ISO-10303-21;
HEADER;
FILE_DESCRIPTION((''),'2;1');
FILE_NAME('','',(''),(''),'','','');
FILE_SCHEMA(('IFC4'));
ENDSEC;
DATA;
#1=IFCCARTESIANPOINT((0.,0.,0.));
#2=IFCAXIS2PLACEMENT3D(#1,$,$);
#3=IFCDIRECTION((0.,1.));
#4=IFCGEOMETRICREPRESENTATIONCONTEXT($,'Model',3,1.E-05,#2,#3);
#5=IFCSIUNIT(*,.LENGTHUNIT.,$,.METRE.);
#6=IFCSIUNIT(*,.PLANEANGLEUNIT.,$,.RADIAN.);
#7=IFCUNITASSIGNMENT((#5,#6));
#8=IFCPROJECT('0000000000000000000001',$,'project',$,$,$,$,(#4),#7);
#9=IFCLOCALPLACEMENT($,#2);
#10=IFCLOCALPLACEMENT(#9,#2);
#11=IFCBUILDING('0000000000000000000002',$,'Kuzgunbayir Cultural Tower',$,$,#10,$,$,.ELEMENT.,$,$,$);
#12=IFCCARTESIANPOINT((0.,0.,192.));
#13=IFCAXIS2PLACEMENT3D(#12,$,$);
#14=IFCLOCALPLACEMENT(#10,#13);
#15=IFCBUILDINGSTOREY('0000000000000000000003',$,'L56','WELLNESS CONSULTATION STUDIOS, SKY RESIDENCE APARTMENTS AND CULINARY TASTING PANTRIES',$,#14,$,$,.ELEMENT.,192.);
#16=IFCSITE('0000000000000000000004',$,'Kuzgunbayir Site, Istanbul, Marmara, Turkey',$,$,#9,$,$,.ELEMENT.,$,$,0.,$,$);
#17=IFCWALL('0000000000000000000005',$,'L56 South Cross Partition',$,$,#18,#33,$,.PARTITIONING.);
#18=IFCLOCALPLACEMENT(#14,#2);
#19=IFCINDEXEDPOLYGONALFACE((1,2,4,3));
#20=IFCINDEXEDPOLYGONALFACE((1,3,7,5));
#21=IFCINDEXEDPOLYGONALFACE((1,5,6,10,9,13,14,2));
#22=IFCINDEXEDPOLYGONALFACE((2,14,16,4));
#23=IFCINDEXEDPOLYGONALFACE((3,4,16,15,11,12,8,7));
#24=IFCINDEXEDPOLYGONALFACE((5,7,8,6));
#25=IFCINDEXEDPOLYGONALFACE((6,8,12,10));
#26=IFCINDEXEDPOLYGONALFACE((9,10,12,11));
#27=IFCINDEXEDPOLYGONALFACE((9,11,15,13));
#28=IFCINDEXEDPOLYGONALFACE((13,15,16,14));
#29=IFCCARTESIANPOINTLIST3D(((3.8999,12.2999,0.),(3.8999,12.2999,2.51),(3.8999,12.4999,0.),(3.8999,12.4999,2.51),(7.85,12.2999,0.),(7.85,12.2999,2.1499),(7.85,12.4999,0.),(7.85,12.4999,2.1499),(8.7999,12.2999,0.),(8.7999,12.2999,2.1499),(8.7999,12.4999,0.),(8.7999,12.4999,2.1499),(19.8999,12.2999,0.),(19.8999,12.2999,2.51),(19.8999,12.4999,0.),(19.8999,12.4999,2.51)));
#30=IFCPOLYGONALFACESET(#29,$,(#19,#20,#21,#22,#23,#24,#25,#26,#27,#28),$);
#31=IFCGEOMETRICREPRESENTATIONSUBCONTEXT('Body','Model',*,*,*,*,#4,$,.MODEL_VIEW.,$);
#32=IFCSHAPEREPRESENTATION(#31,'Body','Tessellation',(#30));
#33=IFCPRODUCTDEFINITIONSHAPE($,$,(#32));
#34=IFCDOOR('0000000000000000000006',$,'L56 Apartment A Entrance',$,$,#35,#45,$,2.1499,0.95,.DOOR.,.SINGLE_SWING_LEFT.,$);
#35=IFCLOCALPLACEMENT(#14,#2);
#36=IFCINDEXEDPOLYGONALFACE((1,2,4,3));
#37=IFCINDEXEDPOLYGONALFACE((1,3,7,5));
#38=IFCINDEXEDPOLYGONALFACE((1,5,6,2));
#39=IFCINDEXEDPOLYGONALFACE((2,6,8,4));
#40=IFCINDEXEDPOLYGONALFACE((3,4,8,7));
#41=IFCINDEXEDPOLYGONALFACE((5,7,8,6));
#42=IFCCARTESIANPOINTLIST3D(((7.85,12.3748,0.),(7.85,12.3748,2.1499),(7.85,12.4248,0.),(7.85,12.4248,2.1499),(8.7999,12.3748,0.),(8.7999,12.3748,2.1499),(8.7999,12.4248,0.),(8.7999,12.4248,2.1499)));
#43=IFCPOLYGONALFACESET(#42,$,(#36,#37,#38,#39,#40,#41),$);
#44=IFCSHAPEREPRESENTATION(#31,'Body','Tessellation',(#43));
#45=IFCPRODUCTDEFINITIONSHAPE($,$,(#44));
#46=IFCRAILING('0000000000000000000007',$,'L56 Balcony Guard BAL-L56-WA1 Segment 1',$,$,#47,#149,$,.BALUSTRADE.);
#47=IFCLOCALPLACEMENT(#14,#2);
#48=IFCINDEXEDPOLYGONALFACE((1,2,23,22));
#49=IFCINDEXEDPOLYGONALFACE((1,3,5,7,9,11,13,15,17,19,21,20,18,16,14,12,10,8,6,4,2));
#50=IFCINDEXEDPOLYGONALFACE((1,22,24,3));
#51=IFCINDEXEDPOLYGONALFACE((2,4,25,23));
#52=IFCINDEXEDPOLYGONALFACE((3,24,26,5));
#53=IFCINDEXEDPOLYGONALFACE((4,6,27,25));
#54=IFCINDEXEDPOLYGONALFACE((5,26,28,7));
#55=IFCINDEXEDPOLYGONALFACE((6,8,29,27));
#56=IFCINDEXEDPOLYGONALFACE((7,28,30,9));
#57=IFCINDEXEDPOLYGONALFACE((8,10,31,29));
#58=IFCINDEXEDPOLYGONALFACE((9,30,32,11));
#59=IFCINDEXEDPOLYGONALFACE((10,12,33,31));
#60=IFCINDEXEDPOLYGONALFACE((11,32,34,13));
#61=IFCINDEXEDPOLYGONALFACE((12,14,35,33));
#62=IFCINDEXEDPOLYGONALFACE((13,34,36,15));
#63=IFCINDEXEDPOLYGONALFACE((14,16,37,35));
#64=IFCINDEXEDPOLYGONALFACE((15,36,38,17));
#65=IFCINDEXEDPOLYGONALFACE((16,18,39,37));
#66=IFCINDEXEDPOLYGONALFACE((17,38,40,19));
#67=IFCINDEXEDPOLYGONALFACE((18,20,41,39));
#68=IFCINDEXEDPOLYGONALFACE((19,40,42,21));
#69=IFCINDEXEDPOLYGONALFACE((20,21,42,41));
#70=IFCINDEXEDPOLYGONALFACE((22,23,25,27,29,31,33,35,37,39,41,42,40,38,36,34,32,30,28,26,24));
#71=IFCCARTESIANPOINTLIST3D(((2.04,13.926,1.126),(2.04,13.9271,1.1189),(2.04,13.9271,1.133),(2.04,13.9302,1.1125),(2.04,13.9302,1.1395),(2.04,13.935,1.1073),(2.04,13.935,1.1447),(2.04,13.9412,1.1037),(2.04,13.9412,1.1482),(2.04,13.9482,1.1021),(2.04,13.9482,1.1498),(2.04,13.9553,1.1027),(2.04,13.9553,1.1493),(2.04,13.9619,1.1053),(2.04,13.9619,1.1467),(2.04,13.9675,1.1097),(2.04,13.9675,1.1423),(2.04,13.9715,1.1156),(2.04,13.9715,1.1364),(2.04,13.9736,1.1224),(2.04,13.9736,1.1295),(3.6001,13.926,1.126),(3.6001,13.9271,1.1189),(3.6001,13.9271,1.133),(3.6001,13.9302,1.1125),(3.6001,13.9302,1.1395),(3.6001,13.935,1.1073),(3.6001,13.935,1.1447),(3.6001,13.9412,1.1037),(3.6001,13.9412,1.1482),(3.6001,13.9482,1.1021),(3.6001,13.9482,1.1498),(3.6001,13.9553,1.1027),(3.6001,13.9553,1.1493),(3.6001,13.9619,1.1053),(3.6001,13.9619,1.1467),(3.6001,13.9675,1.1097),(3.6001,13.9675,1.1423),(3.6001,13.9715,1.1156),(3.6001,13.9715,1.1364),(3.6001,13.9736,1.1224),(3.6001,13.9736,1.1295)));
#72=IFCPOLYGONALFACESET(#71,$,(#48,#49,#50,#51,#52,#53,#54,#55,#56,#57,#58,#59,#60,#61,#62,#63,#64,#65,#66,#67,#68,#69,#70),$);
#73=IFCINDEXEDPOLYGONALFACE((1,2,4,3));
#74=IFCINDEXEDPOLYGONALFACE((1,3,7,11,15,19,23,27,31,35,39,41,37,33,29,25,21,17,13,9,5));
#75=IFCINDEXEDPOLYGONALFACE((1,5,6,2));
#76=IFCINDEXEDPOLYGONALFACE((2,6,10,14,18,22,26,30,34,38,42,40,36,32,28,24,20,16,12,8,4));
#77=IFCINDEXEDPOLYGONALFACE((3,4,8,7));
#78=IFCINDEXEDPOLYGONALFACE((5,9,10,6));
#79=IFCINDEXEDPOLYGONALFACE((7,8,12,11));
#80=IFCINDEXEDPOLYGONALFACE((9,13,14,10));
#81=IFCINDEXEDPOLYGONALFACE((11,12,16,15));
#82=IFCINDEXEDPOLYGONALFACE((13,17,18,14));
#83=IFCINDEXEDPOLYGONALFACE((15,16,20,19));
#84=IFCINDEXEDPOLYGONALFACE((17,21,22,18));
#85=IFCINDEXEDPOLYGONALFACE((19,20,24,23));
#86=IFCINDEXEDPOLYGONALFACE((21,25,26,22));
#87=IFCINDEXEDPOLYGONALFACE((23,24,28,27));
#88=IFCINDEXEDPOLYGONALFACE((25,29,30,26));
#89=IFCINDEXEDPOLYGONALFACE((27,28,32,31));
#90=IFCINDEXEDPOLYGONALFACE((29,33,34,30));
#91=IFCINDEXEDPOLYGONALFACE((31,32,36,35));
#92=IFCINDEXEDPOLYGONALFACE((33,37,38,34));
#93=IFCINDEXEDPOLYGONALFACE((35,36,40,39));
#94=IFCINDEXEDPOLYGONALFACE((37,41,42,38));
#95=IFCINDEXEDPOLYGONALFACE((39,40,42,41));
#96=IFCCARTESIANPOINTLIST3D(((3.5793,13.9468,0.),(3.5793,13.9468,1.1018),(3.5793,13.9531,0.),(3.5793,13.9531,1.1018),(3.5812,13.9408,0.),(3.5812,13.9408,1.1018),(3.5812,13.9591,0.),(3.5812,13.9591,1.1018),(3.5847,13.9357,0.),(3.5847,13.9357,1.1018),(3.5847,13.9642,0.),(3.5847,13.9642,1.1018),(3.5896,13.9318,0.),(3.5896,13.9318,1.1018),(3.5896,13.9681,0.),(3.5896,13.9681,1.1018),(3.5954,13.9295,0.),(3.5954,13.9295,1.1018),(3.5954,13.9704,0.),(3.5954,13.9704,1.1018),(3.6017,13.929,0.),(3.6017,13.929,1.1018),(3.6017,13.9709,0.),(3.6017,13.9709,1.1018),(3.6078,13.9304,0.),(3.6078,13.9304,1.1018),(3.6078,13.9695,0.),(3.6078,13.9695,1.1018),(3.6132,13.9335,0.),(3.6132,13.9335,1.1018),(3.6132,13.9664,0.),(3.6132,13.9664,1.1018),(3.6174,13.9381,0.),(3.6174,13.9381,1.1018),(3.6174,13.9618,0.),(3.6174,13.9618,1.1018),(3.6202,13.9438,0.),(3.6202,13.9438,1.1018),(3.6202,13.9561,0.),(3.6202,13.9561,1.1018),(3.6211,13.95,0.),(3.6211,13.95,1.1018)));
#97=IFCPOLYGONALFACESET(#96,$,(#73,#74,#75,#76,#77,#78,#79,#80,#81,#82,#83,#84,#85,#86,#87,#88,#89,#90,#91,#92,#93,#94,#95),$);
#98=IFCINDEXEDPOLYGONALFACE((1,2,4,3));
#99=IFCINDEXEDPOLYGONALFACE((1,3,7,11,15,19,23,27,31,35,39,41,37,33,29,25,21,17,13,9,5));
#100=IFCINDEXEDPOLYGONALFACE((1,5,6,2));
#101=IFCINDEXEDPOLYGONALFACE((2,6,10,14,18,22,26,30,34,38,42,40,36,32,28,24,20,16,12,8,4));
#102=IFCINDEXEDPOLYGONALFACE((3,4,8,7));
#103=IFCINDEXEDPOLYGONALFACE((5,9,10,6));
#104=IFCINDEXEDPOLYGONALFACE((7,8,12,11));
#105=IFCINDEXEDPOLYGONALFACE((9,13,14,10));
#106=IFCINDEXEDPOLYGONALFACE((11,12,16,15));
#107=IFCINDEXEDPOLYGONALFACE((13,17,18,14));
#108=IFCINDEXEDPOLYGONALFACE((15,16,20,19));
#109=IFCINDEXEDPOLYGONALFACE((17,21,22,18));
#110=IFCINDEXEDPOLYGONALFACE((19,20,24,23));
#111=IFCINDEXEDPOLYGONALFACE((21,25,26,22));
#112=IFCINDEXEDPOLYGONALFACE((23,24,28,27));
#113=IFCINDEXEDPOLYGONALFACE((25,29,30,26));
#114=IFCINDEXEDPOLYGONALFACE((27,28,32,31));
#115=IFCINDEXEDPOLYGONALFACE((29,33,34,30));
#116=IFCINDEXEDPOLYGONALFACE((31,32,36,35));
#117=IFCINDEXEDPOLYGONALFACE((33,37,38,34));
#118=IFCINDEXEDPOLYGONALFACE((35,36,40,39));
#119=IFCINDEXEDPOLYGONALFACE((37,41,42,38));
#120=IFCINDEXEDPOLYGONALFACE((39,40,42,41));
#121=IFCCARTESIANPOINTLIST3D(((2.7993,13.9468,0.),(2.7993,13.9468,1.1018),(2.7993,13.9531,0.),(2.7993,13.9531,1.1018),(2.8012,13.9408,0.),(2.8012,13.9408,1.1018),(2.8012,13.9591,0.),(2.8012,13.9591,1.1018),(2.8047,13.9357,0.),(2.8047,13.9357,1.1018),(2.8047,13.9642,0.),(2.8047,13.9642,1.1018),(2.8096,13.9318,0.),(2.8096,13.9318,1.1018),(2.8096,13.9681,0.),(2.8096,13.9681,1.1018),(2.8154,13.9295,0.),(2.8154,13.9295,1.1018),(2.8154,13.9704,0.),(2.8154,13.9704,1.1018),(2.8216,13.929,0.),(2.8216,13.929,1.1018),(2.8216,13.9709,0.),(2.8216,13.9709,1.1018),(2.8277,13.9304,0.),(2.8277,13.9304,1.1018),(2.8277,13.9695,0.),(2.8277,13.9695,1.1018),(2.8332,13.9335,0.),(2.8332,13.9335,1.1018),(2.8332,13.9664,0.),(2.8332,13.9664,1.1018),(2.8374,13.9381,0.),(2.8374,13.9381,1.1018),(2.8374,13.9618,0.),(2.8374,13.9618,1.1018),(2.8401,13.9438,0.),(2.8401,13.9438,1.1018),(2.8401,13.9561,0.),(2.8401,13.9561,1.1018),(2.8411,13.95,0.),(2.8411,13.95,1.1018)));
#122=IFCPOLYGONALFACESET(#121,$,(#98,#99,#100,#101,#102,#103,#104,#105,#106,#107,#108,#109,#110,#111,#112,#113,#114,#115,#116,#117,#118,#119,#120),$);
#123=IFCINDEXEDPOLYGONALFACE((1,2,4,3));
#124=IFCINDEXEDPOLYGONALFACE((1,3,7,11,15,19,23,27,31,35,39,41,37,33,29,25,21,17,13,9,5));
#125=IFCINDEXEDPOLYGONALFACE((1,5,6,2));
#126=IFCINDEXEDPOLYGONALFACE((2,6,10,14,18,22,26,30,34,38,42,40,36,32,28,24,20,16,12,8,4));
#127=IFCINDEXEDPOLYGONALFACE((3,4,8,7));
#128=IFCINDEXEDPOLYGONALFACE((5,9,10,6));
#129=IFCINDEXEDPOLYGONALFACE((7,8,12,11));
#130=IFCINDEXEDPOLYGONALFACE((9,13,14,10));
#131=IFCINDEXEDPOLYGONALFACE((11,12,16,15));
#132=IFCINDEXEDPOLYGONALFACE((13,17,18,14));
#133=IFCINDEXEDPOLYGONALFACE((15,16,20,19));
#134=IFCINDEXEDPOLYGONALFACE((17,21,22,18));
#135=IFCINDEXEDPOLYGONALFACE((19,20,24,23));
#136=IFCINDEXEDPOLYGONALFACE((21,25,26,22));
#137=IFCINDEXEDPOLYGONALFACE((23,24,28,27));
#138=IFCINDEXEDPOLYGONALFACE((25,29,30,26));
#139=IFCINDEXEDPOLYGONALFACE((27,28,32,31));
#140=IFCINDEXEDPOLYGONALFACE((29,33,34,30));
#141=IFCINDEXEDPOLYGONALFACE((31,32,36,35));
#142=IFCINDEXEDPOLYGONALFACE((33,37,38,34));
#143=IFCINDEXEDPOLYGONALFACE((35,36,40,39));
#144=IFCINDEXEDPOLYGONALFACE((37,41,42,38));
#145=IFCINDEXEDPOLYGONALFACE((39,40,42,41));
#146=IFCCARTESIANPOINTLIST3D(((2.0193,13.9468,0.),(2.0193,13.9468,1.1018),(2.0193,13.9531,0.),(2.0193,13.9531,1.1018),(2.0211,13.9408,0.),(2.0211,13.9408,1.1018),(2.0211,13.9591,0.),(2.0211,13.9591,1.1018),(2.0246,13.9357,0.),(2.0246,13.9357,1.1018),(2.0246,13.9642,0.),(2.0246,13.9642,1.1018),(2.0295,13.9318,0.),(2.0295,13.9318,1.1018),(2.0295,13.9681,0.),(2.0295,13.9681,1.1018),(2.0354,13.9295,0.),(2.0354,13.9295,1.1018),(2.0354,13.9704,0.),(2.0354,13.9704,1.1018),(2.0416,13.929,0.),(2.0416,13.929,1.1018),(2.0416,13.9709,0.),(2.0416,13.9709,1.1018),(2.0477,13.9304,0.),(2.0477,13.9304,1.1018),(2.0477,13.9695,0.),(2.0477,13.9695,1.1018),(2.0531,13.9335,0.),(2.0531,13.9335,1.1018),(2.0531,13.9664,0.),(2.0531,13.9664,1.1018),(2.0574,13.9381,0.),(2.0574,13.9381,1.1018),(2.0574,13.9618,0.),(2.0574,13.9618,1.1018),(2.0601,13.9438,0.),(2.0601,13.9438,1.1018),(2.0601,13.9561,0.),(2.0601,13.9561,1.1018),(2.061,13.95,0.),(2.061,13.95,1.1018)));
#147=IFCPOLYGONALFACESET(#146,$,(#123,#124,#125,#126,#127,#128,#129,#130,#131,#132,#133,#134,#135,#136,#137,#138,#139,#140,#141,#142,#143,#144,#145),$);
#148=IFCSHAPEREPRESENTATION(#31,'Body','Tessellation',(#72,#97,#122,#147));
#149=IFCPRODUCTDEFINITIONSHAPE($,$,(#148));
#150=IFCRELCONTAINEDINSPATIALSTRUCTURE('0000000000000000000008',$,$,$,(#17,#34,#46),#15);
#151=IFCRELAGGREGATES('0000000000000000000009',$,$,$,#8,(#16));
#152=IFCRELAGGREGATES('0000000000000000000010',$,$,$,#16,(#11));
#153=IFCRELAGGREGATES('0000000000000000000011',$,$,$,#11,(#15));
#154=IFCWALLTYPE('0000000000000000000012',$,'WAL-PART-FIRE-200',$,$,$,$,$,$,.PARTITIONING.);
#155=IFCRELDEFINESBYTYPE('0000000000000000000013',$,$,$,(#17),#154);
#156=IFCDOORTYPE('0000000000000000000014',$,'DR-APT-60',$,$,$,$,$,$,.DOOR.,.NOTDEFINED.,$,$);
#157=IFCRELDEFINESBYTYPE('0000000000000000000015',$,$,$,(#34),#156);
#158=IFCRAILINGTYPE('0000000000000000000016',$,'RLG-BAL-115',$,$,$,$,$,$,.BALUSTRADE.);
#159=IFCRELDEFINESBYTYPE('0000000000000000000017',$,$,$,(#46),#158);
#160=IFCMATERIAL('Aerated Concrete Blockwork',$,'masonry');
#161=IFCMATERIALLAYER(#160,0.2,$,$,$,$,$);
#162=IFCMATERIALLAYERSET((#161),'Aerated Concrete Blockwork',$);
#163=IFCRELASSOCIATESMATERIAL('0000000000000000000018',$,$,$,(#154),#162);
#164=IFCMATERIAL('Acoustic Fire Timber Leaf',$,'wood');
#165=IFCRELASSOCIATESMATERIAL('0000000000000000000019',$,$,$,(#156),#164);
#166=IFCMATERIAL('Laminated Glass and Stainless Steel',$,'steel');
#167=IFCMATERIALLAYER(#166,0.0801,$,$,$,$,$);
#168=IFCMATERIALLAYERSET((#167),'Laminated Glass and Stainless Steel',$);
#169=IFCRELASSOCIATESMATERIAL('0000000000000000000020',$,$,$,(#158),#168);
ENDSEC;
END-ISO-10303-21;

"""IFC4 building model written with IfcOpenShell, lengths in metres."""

from ifc_helpers import new_model, si_unit, direction, frame, frame_2d, origin, origin_2d, place, context, subcontext, project, spatial, rectangle, circle, extrude, material, layer, layer_set, type_object, element, fill, save


model = new_model("IFC4")

# Units and contexts
model_context = context("Model", 3, precision=1e-05, world=origin(), true_north=direction((0.0, 1.0)))
body_context = subcontext(model_context, "Body", "Model", "MODEL_VIEW")
ifc_project = project(units=[si_unit("LENGTHUNIT", "METRE"), si_unit("PLANEANGLEUNIT", "RADIAN")], contexts=[model_context])

# Site, building, storey
site_placement = place(None, origin())
site = spatial("IfcSite", under=ifc_project, at=site_placement, Name="Kuzgunbayir Site, Istanbul, Marmara, Turkey", CompositionType="ELEMENT", RefElevation=0.0)
building_placement = place(site_placement, origin())
building = spatial("IfcBuilding", under=site, at=building_placement, Name="Kuzgunbayir Cultural Tower", CompositionType="ELEMENT")
storey_placement = place(building_placement, frame((0.0, 0.0, 192.0)))
storey = spatial("IfcBuildingStorey", under=building, at=storey_placement, Name="L56", Description="WELLNESS CONSULTATION STUDIOS, SKY RESIDENCE APARTMENTS AND CULINARY TASTING PANTRIES", CompositionType="ELEMENT", Elevation=192.0)

# Wall, opening, door
ifc_material_1 = material(Name="Aerated Concrete Blockwork", Category="masonry")
ifc_layer_1 = layer(ifc_material_1, 0.2)
ifc_layer_set_1 = layer_set([ifc_layer_1], Name="Aerated Concrete Blockwork")
wall_type_1 = type_object("IfcWallType", Name="WAL-PART-FIRE-200", PredefinedType="PARTITIONING", material=ifc_layer_set_1)
wall_1_placement = place(storey_placement, frame((3.8999, 12.3999, 0.0), z_axis=(0.0, 0.0, 1.0), x_axis=(1.0, 0.0, 0.0)))
wall_1 = element("IfcWall", 1, at=wall_1_placement, inside=storey, type_object=wall_type_1, Name="L56 South Cross Partition", PredefinedType="PARTITIONING", context=body_context, shape_type="SweptSolid", body=[
    extrude(rectangle(XDim=16.0, YDim=0.2, at=frame_2d((8.0, 0.0))), origin(), (0.0, 0.0, 1.0), 2.51),
])
opening_1_placement = place(wall_1_placement, frame((3.95, 0.0, 0.0)))
opening_1 = element("IfcOpeningElement", 2, at=opening_1_placement, cuts=wall_1, PredefinedType="OPENING", context=body_context, shape_type="SweptSolid", body=[
    extrude(rectangle(XDim=0.95, YDim=2.1499, at=frame_2d((0.4751, 1.075))), frame((0.0, 0.1099, 0.0), z_axis=(0.0, -1.0, 0.0), x_axis=(1.0, 0.0, 0.0)), (0.0, 0.0, 1.0), 0.22),
])
ifc_material_2 = material(Name="Acoustic Fire Timber Leaf", Category="wood")
door_type_1 = type_object("IfcDoorType", Name="DR-APT-60", OperationType="NOTDEFINED", PredefinedType="DOOR", material=ifc_material_2)
door_1_placement = place(opening_1_placement, origin())
door_1 = element("IfcDoor", 3, at=door_1_placement, inside=storey, type_object=door_type_1, Name="L56 Apartment A Entrance", OperationType="SINGLE_SWING_LEFT", OverallHeight=2.1499, OverallWidth=0.95, PredefinedType="DOOR", context=body_context, shape_type="SweptSolid", body=[
    extrude(rectangle(XDim=0.95, YDim=2.1499, at=frame_2d((0.4751, 1.075))), frame((0.0, 0.0249, 0.0), z_axis=(0.0, -1.0, 0.0), x_axis=(1.0, 0.0, 0.0)), (0.0, 0.0, 1.0), 0.05),
])
fill(opening_1, door_1)

# Railing
ifc_material_3 = material(Name="Laminated Glass and Stainless Steel", Category="steel")
ifc_layer_2 = layer(ifc_material_3, 0.0801)
ifc_layer_set_2 = layer_set([ifc_layer_2], Name="Laminated Glass and Stainless Steel")
railing_type = type_object("IfcRailingType", Name="RLG-BAL-115", PredefinedType="BALUSTRADE", material=ifc_layer_set_2)
railing_1_placement = place(storey_placement, frame((3.6001, 13.95, 0.0)))
element("IfcRailing", 4, at=railing_1_placement, inside=storey, type_object=railing_type, Name="L56 Balcony Guard BAL-L56-WA1 Segment 1", PredefinedType="BALUSTRADE", context=body_context, shape_type="SweptSolid", body=[
    extrude(circle(Radius=0.0239, at=origin_2d()), frame((0.0, 0.0, 1.126), z_axis=(-1.0, 0.0, 0.0), x_axis=(0.0, -1.0, 0.0)), (0.0, 0.0, 1.0), 1.5601),
    extrude(circle(Radius=0.021, at=origin_2d()), origin(), (0.0, 0.0, 1.0), 1.1018),
    extrude(circle(Radius=0.021, at=origin_2d()), frame((-0.78, 0.0, 0.0)), (0.0, 0.0, 1.0), 1.1018),
    extrude(circle(Radius=0.021, at=origin_2d()), frame((-1.5601, 0.0, 0.0)), (0.0, 0.0, 1.0), 1.1018),
])

save(model, "model.ifc")
